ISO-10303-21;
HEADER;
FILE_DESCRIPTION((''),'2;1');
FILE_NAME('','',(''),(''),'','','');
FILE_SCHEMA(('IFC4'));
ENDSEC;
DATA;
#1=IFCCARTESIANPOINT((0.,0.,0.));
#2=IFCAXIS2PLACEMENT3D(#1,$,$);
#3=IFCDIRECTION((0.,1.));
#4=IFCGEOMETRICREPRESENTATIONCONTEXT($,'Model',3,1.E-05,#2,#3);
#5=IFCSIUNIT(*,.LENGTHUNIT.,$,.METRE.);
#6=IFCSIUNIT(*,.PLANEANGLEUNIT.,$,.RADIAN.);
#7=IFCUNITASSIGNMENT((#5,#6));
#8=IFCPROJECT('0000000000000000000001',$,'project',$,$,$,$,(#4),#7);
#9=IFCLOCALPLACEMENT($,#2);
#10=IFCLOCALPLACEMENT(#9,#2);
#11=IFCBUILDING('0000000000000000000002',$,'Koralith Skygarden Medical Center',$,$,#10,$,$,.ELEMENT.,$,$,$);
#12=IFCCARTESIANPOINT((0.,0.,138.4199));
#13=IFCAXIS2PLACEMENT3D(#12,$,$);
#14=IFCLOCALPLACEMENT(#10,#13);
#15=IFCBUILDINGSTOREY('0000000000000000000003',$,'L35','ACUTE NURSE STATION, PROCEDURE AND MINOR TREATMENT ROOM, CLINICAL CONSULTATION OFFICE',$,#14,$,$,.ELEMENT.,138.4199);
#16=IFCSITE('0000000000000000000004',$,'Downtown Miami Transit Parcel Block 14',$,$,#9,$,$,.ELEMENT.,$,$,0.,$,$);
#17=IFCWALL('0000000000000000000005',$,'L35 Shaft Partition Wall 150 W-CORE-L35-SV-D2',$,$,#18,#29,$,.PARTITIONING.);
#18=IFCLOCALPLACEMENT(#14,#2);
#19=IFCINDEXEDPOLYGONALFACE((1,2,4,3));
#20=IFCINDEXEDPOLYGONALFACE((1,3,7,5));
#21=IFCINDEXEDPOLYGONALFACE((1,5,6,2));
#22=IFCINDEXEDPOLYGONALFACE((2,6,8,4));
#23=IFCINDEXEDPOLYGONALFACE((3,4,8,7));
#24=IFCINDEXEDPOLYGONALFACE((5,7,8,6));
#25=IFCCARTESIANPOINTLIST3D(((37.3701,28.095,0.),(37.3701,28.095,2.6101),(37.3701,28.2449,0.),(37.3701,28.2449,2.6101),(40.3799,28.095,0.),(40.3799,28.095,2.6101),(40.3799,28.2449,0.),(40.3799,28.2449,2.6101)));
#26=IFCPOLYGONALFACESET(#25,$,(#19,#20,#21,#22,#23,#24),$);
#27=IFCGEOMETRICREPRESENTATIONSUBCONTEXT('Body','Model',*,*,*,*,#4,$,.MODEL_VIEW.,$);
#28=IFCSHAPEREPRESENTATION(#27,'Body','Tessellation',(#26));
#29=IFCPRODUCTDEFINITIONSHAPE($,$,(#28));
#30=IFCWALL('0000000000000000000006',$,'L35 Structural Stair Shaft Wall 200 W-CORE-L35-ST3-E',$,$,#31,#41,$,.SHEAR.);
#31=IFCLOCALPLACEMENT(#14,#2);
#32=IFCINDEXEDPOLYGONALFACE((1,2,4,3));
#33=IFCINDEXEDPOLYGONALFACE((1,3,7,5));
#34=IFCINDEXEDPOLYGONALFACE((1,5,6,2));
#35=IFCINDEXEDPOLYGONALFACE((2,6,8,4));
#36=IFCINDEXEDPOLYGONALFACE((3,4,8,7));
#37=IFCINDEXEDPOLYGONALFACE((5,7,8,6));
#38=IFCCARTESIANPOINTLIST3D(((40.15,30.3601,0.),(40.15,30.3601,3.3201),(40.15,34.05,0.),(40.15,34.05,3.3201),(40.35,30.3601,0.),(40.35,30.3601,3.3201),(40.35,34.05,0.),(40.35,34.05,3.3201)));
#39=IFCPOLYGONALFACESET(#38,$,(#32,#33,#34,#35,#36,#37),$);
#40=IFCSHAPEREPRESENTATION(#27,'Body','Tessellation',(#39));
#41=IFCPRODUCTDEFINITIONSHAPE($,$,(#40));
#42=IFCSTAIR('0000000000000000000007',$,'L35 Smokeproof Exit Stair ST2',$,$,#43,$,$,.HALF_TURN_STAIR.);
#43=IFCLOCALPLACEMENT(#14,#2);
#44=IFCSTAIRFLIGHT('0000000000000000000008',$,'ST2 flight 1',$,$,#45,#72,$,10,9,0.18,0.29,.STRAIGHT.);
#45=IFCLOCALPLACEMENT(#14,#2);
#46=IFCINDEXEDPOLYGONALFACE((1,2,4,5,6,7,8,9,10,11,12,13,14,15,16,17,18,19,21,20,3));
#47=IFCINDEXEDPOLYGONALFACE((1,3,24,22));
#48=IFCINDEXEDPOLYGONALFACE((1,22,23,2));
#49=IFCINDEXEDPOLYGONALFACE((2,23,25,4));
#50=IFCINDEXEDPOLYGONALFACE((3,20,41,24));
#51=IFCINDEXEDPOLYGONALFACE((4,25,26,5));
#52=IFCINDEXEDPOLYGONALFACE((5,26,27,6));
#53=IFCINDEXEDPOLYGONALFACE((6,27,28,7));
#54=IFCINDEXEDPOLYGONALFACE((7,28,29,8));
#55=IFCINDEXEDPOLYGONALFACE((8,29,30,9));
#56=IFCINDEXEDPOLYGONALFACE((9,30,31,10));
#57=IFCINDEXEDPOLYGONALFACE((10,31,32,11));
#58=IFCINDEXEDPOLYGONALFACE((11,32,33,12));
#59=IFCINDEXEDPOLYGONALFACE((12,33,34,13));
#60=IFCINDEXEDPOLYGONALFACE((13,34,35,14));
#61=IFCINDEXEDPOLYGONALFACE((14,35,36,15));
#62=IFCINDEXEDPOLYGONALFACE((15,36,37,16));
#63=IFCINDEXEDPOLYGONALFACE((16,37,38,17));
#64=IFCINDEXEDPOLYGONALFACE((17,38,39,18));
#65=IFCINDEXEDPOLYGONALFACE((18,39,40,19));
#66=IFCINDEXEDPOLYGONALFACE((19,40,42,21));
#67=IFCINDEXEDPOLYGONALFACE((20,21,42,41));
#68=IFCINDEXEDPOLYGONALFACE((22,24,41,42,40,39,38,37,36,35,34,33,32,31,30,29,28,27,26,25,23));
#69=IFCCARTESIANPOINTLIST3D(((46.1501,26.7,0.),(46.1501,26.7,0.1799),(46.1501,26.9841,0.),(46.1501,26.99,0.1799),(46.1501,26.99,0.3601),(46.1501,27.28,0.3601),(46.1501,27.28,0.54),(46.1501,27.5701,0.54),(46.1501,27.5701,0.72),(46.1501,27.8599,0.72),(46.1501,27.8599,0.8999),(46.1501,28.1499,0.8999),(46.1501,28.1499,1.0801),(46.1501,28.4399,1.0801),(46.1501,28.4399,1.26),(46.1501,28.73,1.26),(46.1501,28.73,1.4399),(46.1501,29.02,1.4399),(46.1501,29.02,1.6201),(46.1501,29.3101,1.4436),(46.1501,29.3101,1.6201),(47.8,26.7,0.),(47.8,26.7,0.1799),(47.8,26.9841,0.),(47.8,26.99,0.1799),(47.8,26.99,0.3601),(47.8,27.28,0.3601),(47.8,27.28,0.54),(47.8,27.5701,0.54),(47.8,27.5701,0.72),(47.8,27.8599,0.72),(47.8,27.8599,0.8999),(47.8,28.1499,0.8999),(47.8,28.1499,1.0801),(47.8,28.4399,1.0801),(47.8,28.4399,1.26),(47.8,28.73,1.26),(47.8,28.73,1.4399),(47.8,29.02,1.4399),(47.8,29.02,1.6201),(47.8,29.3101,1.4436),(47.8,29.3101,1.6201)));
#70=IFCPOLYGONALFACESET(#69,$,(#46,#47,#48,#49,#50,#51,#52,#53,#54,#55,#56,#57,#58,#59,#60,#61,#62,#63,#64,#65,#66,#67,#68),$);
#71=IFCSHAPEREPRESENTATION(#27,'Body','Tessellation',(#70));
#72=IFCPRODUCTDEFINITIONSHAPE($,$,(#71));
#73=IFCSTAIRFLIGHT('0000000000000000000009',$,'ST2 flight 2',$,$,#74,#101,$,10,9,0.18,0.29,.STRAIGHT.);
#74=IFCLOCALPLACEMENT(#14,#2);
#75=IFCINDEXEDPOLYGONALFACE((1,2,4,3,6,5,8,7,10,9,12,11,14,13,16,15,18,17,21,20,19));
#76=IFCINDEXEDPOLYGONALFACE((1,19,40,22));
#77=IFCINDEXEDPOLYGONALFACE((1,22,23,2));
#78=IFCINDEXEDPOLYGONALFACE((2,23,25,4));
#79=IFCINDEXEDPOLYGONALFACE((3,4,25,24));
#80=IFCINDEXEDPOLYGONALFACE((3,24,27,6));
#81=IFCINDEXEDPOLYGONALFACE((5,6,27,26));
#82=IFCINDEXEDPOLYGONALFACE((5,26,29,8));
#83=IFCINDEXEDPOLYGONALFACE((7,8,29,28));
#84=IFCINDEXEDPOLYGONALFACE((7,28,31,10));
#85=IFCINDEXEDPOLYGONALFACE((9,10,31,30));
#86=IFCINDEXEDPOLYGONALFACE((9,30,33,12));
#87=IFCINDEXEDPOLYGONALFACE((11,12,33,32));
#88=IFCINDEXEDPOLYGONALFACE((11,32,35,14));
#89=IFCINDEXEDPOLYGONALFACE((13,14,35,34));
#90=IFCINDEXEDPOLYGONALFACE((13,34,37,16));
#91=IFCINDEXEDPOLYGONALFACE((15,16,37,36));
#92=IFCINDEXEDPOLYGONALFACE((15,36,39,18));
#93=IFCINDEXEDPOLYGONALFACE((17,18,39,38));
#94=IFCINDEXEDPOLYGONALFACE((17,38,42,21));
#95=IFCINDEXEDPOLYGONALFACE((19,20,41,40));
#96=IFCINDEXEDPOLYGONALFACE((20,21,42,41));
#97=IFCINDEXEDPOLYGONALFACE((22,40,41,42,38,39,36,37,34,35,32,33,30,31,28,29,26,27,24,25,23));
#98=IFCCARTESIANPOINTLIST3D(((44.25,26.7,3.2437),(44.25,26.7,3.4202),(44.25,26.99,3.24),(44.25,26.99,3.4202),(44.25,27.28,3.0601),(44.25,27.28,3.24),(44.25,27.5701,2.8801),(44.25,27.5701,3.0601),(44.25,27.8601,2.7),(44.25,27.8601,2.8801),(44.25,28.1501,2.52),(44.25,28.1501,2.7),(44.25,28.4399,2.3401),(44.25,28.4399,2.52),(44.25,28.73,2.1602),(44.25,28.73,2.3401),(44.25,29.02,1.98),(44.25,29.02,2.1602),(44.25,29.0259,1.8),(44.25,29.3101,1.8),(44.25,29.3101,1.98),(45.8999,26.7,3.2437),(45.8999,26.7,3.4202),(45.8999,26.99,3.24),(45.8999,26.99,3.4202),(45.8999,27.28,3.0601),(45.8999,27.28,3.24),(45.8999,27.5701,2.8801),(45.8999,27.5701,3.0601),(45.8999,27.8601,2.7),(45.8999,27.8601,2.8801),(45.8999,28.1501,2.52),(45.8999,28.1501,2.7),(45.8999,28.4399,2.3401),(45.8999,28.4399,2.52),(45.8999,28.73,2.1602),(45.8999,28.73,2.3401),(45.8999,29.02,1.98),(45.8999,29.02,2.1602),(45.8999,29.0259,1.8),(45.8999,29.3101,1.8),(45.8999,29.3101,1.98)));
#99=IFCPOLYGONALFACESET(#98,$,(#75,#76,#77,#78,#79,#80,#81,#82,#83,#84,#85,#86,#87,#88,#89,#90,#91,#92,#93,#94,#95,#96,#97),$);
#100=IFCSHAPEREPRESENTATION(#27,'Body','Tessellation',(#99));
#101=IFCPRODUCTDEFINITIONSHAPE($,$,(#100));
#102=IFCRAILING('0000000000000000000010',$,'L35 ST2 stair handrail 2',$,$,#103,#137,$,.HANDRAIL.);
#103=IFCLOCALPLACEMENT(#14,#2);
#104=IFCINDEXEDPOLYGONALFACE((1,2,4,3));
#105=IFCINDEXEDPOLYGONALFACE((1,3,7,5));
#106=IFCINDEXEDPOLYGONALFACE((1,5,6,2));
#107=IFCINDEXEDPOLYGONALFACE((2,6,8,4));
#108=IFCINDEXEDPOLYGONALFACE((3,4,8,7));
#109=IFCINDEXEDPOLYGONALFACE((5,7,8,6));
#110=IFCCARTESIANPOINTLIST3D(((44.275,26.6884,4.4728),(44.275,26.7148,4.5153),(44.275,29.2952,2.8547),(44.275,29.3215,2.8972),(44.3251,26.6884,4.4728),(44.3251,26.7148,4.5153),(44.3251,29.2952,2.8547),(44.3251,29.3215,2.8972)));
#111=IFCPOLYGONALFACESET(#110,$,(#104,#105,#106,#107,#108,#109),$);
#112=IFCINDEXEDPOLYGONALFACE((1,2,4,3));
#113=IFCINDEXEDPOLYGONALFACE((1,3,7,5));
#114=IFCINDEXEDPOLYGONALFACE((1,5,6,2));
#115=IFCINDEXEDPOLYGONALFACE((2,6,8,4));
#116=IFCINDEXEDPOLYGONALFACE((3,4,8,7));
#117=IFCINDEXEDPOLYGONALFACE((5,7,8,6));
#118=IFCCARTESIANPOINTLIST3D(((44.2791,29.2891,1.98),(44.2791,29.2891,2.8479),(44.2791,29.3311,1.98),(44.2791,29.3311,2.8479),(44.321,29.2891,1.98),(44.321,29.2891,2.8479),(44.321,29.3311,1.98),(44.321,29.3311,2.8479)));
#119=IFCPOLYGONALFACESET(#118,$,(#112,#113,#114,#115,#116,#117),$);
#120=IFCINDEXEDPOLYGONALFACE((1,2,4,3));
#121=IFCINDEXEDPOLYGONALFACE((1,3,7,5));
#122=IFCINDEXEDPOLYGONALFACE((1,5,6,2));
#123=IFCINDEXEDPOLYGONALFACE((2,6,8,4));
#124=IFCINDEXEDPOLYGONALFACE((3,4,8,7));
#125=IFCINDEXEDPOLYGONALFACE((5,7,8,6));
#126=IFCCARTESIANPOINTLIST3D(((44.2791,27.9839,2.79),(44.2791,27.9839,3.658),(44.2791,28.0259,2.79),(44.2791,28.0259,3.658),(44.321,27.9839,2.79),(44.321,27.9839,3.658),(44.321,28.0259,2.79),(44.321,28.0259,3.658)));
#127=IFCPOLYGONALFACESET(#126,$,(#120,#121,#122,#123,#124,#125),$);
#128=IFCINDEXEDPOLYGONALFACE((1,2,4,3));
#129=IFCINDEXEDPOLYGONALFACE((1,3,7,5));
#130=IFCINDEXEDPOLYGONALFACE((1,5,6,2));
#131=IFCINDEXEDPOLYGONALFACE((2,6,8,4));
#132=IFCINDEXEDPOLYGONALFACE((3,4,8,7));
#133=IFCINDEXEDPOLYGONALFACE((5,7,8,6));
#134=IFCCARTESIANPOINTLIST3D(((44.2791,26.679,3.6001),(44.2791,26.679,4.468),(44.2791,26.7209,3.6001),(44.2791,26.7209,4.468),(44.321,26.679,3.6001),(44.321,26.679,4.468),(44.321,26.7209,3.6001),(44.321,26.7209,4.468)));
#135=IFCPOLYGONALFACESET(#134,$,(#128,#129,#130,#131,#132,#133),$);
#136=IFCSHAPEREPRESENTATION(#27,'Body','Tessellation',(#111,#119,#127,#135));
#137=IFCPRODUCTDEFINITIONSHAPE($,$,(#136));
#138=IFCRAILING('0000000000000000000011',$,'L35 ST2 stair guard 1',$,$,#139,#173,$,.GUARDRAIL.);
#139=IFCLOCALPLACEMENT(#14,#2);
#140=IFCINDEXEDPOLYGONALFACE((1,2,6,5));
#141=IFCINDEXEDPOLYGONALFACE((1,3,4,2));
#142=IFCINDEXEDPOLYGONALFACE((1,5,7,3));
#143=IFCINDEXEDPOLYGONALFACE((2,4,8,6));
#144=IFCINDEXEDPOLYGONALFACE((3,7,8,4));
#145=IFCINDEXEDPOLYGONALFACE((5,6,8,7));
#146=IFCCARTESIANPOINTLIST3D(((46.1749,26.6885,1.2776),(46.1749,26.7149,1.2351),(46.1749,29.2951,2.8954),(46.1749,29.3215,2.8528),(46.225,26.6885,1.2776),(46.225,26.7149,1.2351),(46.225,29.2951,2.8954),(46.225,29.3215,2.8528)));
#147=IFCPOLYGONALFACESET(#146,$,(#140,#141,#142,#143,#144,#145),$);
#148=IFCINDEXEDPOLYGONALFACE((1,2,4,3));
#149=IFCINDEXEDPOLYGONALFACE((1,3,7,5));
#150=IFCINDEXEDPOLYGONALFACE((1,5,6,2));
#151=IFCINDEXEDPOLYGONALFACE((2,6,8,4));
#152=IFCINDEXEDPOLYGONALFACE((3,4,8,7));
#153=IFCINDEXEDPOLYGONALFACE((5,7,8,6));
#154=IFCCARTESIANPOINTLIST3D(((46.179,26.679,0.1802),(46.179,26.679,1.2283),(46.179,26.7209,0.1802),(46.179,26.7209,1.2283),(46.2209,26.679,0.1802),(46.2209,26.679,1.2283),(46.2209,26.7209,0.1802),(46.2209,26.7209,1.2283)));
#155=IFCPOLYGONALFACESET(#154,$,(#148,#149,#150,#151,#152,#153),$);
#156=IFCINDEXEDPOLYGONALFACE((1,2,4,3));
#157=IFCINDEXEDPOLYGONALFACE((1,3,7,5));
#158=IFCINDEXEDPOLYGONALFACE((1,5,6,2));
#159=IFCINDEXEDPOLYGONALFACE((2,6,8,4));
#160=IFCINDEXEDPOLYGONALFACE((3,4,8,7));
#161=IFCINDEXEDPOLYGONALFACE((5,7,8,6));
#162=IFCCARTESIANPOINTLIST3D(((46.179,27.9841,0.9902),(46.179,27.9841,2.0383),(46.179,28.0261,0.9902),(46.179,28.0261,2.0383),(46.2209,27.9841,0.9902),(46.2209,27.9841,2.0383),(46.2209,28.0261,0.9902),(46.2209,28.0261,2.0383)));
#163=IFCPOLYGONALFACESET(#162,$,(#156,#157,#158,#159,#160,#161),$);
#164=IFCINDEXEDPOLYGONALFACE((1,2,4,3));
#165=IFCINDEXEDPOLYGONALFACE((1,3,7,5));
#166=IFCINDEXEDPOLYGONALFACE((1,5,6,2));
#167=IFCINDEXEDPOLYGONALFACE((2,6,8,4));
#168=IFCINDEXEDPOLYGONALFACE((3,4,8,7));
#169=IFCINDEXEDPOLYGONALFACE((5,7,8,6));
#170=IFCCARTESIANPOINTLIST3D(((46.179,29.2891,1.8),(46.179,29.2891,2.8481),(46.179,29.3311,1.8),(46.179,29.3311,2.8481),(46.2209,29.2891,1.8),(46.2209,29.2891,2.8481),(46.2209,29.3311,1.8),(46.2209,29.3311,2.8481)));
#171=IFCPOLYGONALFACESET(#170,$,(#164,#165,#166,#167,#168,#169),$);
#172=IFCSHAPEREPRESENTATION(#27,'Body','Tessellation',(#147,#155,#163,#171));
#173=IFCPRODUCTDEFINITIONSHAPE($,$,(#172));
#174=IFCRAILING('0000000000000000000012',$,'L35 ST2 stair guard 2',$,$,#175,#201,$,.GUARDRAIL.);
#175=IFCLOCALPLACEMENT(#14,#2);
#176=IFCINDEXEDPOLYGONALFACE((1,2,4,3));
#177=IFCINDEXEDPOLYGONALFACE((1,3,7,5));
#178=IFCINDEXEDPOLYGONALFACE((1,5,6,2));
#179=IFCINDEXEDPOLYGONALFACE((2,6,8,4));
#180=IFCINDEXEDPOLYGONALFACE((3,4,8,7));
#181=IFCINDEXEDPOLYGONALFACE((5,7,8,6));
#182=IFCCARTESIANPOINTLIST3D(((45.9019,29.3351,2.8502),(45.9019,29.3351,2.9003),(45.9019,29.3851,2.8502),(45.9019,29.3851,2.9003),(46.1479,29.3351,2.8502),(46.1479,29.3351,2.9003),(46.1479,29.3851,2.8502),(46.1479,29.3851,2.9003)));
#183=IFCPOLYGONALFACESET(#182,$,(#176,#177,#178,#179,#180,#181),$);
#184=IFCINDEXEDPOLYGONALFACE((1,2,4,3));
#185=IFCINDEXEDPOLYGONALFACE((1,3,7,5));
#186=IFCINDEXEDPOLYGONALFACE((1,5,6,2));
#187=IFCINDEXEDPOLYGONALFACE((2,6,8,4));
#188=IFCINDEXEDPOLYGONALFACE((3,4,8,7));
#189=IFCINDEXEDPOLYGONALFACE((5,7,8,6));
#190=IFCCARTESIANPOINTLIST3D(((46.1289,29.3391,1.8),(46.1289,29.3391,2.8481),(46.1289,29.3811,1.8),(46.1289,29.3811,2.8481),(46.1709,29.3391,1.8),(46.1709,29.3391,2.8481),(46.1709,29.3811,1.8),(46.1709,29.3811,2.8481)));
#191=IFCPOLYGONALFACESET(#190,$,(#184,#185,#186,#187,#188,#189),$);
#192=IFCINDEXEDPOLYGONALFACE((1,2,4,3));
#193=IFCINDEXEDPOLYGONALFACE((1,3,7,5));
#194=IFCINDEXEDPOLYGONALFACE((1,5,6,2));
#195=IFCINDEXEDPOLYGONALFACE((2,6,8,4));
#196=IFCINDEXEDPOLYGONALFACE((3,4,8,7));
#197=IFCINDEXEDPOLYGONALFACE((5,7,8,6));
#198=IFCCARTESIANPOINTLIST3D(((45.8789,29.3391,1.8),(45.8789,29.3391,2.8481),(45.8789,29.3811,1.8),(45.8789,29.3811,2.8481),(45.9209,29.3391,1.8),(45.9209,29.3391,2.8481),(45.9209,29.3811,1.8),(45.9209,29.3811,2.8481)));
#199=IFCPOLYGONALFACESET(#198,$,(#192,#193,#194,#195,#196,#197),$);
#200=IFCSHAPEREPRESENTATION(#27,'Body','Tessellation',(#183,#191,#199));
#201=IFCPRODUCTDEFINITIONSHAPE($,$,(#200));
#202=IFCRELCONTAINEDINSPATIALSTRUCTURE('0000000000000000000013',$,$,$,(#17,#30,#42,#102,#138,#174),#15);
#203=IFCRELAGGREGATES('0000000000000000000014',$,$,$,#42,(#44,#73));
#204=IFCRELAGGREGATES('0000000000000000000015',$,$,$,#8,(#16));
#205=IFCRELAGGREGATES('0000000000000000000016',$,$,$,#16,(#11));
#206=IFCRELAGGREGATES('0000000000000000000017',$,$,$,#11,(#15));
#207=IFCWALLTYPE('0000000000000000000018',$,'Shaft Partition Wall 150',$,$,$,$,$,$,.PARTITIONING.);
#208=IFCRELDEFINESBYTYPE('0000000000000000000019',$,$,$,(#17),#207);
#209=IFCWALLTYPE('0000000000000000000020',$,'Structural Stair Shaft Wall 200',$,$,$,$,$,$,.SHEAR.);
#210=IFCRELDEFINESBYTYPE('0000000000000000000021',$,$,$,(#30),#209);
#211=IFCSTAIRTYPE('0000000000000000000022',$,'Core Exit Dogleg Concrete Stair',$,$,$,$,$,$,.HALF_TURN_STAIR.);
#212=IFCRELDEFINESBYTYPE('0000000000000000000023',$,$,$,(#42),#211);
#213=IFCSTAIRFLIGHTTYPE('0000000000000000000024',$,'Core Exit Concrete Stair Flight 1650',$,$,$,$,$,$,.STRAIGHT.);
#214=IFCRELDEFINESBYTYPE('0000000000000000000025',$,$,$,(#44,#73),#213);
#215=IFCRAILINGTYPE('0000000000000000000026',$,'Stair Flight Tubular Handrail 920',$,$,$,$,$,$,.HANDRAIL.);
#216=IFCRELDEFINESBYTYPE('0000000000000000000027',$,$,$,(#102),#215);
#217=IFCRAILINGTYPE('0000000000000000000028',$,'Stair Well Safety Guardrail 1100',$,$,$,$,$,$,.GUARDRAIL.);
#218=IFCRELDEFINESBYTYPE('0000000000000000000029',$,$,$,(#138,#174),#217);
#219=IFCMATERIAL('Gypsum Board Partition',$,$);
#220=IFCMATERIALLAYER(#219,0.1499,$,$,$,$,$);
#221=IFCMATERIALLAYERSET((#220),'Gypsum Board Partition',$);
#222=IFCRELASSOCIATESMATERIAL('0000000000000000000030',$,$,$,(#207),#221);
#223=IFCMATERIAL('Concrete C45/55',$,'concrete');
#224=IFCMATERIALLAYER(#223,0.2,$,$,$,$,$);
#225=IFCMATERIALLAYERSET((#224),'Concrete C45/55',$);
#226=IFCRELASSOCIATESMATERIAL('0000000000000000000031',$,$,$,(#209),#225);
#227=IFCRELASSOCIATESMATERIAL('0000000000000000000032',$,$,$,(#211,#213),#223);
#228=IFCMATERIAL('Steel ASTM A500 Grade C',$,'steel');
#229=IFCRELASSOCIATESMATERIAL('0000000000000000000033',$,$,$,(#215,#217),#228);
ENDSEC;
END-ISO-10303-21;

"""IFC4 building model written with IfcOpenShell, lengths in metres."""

from ifc_helpers import new_model, si_unit, direction, frame, frame_2d, origin, origin_2d, place, context, subcontext, project, spatial, polyline, rectangle, outline, extrude, material, layer, layer_set, type_object, element, aggregate, save


model = new_model("IFC4")

# Units and contexts
model_context = context("Model", 3, precision=1e-05, world=origin(), true_north=direction((0.0, 1.0)))
body_context = subcontext(model_context, "Body", "Model", "MODEL_VIEW")
ifc_project = project(units=[si_unit("LENGTHUNIT", "METRE"), si_unit("PLANEANGLEUNIT", "RADIAN")], contexts=[model_context])

# Site, building, storey
site_placement = place(None, origin())
site = spatial("IfcSite", under=ifc_project, at=site_placement, Name="Downtown Miami Transit Parcel Block 14", CompositionType="ELEMENT", RefElevation=0.0)
building_placement = place(site_placement, origin())
building = spatial("IfcBuilding", under=site, at=building_placement, Name="Koralith Skygarden Medical Center", CompositionType="ELEMENT")
storey_placement = place(building_placement, frame((0.0, 0.0, 138.4199)))
storey = spatial("IfcBuildingStorey", under=building, at=storey_placement, Name="L35", Description="ACUTE NURSE STATION, PROCEDURE AND MINOR TREATMENT ROOM, CLINICAL CONSULTATION OFFICE", CompositionType="ELEMENT", Elevation=138.4199)

# Shared definitions
ifc_material_1 = material(Name="Concrete C45/55", Category="concrete")

# Shared definitions
ifc_material_2 = material(Name="Gypsum Board Partition")

# Shared definitions
ifc_material_3 = material(Name="Steel ASTM A500 Grade C", Category="steel")

# Walls
ifc_layer_1 = layer(ifc_material_2, 0.1499)
ifc_layer_set_1 = layer_set([ifc_layer_1], Name="Gypsum Board Partition")
wall_type_1 = type_object("IfcWallType", Name="Shaft Partition Wall 150", PredefinedType="PARTITIONING", material=ifc_layer_set_1)
wall_1_placement = place(storey_placement, frame((37.3701, 28.1699, 0.0), z_axis=(0.0, 0.0, 1.0), x_axis=(1.0, 0.0, 0.0)))
element("IfcWall", 1, at=wall_1_placement, inside=storey, type_object=wall_type_1, Name="L35 Shaft Partition Wall 150 W-CORE-L35-SV-D2", PredefinedType="PARTITIONING", context=body_context, shape_type="SweptSolid", body=[
    extrude(rectangle(XDim=3.0098, YDim=0.1499, at=frame_2d((1.5049, 0.0))), origin(), (0.0, 0.0, 1.0), 2.6101),
])
ifc_layer_2 = layer(ifc_material_1, 0.2)
ifc_layer_set_2 = layer_set([ifc_layer_2], Name="Concrete C45/55")
wall_type_2 = type_object("IfcWallType", Name="Structural Stair Shaft Wall 200", PredefinedType="SHEAR", material=ifc_layer_set_2)
wall_2_placement = place(storey_placement, frame((40.25, 30.3601, 0.0), z_axis=(0.0, 0.0, 1.0), x_axis=(0.0, 1.0, 0.0)))
element("IfcWall", 2, at=wall_2_placement, inside=storey, type_object=wall_type_2, Name="L35 Structural Stair Shaft Wall 200 W-CORE-L35-ST3-E", PredefinedType="SHEAR", context=body_context, shape_type="SweptSolid", body=[
    extrude(rectangle(XDim=3.6899, YDim=0.2, at=frame_2d((1.845, 0.0))), origin(), (0.0, 0.0, 1.0), 3.3201),
])

# Stair, stair flights
stair_type = type_object("IfcStairType", Name="Core Exit Dogleg Concrete Stair", PredefinedType="HALF_TURN_STAIR", material=ifc_material_1)
stair_placement = place(storey_placement, origin())
stair = element("IfcStair", 3, at=stair_placement, inside=storey, type_object=stair_type, Name="L35 Smokeproof Exit Stair ST2", PredefinedType="HALF_TURN_STAIR")
stair_flight_type = type_object("IfcStairFlightType", Name="Core Exit Concrete Stair Flight 1650", PredefinedType="STRAIGHT", material=ifc_material_1)
stair_flight_1_placement = place(storey_placement, frame((46.9751, 26.7, 0.0), z_axis=(0.0, 0.0, 1.0), x_axis=(0.0, 1.0, 0.0)))
stair_flight_1 = element("IfcStairFlight", 4, at=stair_flight_1_placement, type_object=stair_flight_type, Name="ST2 flight 1", NumberOfRisers=10, NumberOfTreads=9, PredefinedType="STRAIGHT", RiserHeight=0.18, TreadLength=0.29, context=body_context, shape_type="SweptSolid", body=[
    extrude(outline(polyline([(0.0, 0.0), (0.0, 0.1799), (0.29, 0.1799), (0.29, 0.3601), (0.5801, 0.3601), (0.5801, 0.54), (0.8701, 0.54), (0.8701, 0.72), (1.1599, 0.72), (1.1599, 0.8999), (1.45, 0.8999), (1.45, 1.0801), (1.74, 1.0801), (1.74, 1.26), (2.03, 1.26), (2.03, 1.4399), (2.3201, 1.4399), (2.3201, 1.6201), (2.6101, 1.6201), (2.6101, 1.8), (2.6101, 1.4436), (0.2842, 0.0), (0.0, 0.0)])), frame((0.0, 0.825, 0.0), z_axis=(0.0, -1.0, 0.0), x_axis=(1.0, 0.0, 0.0)), (0.0, 0.0, 1.0), 1.6499),
])
stair_flight_2_placement = place(storey_placement, frame((45.075, 29.3101, 1.8), z_axis=(0.0, 0.0, 1.0), x_axis=(0.0, -1.0, 0.0)))
stair_flight_2 = element("IfcStairFlight", 5, at=stair_flight_2_placement, type_object=stair_flight_type, Name="ST2 flight 2", NumberOfRisers=10, NumberOfTreads=9, PredefinedType="STRAIGHT", RiserHeight=0.18, TreadLength=0.29, context=body_context, shape_type="SweptSolid", body=[
    extrude(outline(polyline([(0.0, 0.0), (0.0, 0.1799), (0.29, 0.1799), (0.29, 0.3601), (0.5801, 0.3601), (0.5801, 0.54), (0.8701, 0.54), (0.8701, 0.72), (1.1599, 0.72), (1.1599, 0.8999), (1.45, 0.8999), (1.45, 1.0801), (1.74, 1.0801), (1.74, 1.26), (2.03, 1.26), (2.03, 1.4399), (2.3201, 1.4399), (2.3201, 1.6201), (2.6101, 1.6201), (2.6101, 1.8), (2.6101, 1.4436), (0.2842, 0.0), (0.0, 0.0)])), frame((0.0, 0.825, 0.0), z_axis=(0.0, -1.0, 0.0), x_axis=(1.0, 0.0, 0.0)), (0.0, 0.0, 1.0), 1.6499),
])
aggregate(stair, [stair_flight_1, stair_flight_2])

# Railings
railing_type_1 = type_object("IfcRailingType", Name="Stair Flight Tubular Handrail 920", PredefinedType="HANDRAIL", material=ifc_material_3)
railing_1_placement = place(storey_placement, frame((44.3, 29.3101, 1.98)))
element("IfcRailing", 6, at=railing_1_placement, inside=storey, type_object=railing_type_1, Name="L35 ST2 stair handrail 2", PredefinedType="HANDRAIL", context=body_context, shape_type="SweptSolid", body=[
    extrude(rectangle(XDim=0.05, YDim=0.05, at=origin_2d()), frame((0.0, -0.0017, 0.896), z_axis=(0.0, -0.849633, 0.527375), x_axis=(1.0, 0.0, 0.0)), (0.0, 0.0, 1.0), 3.0681),
    extrude(rectangle(XDim=0.042, YDim=0.042, at=origin_2d()), origin(), (0.0, 0.0, 1.0), 0.8679),
    extrude(rectangle(XDim=0.042, YDim=0.042, at=origin_2d()), frame((0.0, -1.3052, 0.8101)), (0.0, 0.0, 1.0), 0.8679),
    extrude(rectangle(XDim=0.042, YDim=0.042, at=origin_2d()), frame((0.0, -2.6101, 1.6201)), (0.0, 0.0, 1.0), 0.8679),
])
railing_type_2 = type_object("IfcRailingType", Name="Stair Well Safety Guardrail 1100", PredefinedType="GUARDRAIL", material=ifc_material_3)
railing_2_placement = place(storey_placement, frame((46.2, 26.7, 0.1802)))
element("IfcRailing", 7, at=railing_2_placement, inside=storey, type_object=railing_type_2, Name="L35 ST2 stair guard 1", PredefinedType="GUARDRAIL", context=body_context, shape_type="SweptSolid", body=[
    extrude(rectangle(XDim=0.05, YDim=0.05, at=origin_2d()), frame((0.0, 0.0017, 1.0762), z_axis=(0.0, 0.849668, 0.527317), x_axis=(-1.0, 0.0, 0.0)), (0.0, 0.0, 1.0), 3.0679),
    extrude(rectangle(XDim=0.042, YDim=0.042, at=origin_2d()), origin(), (0.0, 0.0, 1.0), 1.0481),
    extrude(rectangle(XDim=0.042, YDim=0.042, at=origin_2d()), frame((0.0, 1.3052, 0.8101)), (0.0, 0.0, 1.0), 1.0481),
    extrude(rectangle(XDim=0.042, YDim=0.042, at=origin_2d()), frame((0.0, 2.6101, 1.6199)), (0.0, 0.0, 1.0), 1.0481),
])
railing_3_placement = place(storey_placement, frame((46.1499, 29.3601, 1.8)))
element("IfcRailing", 8, at=railing_3_placement, inside=storey, type_object=railing_type_2, Name="L35 ST2 stair guard 2", PredefinedType="GUARDRAIL", context=body_context, shape_type="SweptSolid", body=[
    extrude(rectangle(XDim=0.05, YDim=0.05, at=origin_2d()), frame((-0.002, 0.0, 1.0752), z_axis=(-1.0, 0.0, 0.0), x_axis=(0.0, -1.0, 0.0)), (0.0, 0.0, 1.0), 0.2461),
    extrude(rectangle(XDim=0.042, YDim=0.042, at=origin_2d()), origin(), (0.0, 0.0, 1.0), 1.0481),
    extrude(rectangle(XDim=0.042, YDim=0.042, at=origin_2d()), frame((-0.25, 0.0, 0.0)), (0.0, 0.0, 1.0), 1.0481),
])

save(model, "model.ifc")
